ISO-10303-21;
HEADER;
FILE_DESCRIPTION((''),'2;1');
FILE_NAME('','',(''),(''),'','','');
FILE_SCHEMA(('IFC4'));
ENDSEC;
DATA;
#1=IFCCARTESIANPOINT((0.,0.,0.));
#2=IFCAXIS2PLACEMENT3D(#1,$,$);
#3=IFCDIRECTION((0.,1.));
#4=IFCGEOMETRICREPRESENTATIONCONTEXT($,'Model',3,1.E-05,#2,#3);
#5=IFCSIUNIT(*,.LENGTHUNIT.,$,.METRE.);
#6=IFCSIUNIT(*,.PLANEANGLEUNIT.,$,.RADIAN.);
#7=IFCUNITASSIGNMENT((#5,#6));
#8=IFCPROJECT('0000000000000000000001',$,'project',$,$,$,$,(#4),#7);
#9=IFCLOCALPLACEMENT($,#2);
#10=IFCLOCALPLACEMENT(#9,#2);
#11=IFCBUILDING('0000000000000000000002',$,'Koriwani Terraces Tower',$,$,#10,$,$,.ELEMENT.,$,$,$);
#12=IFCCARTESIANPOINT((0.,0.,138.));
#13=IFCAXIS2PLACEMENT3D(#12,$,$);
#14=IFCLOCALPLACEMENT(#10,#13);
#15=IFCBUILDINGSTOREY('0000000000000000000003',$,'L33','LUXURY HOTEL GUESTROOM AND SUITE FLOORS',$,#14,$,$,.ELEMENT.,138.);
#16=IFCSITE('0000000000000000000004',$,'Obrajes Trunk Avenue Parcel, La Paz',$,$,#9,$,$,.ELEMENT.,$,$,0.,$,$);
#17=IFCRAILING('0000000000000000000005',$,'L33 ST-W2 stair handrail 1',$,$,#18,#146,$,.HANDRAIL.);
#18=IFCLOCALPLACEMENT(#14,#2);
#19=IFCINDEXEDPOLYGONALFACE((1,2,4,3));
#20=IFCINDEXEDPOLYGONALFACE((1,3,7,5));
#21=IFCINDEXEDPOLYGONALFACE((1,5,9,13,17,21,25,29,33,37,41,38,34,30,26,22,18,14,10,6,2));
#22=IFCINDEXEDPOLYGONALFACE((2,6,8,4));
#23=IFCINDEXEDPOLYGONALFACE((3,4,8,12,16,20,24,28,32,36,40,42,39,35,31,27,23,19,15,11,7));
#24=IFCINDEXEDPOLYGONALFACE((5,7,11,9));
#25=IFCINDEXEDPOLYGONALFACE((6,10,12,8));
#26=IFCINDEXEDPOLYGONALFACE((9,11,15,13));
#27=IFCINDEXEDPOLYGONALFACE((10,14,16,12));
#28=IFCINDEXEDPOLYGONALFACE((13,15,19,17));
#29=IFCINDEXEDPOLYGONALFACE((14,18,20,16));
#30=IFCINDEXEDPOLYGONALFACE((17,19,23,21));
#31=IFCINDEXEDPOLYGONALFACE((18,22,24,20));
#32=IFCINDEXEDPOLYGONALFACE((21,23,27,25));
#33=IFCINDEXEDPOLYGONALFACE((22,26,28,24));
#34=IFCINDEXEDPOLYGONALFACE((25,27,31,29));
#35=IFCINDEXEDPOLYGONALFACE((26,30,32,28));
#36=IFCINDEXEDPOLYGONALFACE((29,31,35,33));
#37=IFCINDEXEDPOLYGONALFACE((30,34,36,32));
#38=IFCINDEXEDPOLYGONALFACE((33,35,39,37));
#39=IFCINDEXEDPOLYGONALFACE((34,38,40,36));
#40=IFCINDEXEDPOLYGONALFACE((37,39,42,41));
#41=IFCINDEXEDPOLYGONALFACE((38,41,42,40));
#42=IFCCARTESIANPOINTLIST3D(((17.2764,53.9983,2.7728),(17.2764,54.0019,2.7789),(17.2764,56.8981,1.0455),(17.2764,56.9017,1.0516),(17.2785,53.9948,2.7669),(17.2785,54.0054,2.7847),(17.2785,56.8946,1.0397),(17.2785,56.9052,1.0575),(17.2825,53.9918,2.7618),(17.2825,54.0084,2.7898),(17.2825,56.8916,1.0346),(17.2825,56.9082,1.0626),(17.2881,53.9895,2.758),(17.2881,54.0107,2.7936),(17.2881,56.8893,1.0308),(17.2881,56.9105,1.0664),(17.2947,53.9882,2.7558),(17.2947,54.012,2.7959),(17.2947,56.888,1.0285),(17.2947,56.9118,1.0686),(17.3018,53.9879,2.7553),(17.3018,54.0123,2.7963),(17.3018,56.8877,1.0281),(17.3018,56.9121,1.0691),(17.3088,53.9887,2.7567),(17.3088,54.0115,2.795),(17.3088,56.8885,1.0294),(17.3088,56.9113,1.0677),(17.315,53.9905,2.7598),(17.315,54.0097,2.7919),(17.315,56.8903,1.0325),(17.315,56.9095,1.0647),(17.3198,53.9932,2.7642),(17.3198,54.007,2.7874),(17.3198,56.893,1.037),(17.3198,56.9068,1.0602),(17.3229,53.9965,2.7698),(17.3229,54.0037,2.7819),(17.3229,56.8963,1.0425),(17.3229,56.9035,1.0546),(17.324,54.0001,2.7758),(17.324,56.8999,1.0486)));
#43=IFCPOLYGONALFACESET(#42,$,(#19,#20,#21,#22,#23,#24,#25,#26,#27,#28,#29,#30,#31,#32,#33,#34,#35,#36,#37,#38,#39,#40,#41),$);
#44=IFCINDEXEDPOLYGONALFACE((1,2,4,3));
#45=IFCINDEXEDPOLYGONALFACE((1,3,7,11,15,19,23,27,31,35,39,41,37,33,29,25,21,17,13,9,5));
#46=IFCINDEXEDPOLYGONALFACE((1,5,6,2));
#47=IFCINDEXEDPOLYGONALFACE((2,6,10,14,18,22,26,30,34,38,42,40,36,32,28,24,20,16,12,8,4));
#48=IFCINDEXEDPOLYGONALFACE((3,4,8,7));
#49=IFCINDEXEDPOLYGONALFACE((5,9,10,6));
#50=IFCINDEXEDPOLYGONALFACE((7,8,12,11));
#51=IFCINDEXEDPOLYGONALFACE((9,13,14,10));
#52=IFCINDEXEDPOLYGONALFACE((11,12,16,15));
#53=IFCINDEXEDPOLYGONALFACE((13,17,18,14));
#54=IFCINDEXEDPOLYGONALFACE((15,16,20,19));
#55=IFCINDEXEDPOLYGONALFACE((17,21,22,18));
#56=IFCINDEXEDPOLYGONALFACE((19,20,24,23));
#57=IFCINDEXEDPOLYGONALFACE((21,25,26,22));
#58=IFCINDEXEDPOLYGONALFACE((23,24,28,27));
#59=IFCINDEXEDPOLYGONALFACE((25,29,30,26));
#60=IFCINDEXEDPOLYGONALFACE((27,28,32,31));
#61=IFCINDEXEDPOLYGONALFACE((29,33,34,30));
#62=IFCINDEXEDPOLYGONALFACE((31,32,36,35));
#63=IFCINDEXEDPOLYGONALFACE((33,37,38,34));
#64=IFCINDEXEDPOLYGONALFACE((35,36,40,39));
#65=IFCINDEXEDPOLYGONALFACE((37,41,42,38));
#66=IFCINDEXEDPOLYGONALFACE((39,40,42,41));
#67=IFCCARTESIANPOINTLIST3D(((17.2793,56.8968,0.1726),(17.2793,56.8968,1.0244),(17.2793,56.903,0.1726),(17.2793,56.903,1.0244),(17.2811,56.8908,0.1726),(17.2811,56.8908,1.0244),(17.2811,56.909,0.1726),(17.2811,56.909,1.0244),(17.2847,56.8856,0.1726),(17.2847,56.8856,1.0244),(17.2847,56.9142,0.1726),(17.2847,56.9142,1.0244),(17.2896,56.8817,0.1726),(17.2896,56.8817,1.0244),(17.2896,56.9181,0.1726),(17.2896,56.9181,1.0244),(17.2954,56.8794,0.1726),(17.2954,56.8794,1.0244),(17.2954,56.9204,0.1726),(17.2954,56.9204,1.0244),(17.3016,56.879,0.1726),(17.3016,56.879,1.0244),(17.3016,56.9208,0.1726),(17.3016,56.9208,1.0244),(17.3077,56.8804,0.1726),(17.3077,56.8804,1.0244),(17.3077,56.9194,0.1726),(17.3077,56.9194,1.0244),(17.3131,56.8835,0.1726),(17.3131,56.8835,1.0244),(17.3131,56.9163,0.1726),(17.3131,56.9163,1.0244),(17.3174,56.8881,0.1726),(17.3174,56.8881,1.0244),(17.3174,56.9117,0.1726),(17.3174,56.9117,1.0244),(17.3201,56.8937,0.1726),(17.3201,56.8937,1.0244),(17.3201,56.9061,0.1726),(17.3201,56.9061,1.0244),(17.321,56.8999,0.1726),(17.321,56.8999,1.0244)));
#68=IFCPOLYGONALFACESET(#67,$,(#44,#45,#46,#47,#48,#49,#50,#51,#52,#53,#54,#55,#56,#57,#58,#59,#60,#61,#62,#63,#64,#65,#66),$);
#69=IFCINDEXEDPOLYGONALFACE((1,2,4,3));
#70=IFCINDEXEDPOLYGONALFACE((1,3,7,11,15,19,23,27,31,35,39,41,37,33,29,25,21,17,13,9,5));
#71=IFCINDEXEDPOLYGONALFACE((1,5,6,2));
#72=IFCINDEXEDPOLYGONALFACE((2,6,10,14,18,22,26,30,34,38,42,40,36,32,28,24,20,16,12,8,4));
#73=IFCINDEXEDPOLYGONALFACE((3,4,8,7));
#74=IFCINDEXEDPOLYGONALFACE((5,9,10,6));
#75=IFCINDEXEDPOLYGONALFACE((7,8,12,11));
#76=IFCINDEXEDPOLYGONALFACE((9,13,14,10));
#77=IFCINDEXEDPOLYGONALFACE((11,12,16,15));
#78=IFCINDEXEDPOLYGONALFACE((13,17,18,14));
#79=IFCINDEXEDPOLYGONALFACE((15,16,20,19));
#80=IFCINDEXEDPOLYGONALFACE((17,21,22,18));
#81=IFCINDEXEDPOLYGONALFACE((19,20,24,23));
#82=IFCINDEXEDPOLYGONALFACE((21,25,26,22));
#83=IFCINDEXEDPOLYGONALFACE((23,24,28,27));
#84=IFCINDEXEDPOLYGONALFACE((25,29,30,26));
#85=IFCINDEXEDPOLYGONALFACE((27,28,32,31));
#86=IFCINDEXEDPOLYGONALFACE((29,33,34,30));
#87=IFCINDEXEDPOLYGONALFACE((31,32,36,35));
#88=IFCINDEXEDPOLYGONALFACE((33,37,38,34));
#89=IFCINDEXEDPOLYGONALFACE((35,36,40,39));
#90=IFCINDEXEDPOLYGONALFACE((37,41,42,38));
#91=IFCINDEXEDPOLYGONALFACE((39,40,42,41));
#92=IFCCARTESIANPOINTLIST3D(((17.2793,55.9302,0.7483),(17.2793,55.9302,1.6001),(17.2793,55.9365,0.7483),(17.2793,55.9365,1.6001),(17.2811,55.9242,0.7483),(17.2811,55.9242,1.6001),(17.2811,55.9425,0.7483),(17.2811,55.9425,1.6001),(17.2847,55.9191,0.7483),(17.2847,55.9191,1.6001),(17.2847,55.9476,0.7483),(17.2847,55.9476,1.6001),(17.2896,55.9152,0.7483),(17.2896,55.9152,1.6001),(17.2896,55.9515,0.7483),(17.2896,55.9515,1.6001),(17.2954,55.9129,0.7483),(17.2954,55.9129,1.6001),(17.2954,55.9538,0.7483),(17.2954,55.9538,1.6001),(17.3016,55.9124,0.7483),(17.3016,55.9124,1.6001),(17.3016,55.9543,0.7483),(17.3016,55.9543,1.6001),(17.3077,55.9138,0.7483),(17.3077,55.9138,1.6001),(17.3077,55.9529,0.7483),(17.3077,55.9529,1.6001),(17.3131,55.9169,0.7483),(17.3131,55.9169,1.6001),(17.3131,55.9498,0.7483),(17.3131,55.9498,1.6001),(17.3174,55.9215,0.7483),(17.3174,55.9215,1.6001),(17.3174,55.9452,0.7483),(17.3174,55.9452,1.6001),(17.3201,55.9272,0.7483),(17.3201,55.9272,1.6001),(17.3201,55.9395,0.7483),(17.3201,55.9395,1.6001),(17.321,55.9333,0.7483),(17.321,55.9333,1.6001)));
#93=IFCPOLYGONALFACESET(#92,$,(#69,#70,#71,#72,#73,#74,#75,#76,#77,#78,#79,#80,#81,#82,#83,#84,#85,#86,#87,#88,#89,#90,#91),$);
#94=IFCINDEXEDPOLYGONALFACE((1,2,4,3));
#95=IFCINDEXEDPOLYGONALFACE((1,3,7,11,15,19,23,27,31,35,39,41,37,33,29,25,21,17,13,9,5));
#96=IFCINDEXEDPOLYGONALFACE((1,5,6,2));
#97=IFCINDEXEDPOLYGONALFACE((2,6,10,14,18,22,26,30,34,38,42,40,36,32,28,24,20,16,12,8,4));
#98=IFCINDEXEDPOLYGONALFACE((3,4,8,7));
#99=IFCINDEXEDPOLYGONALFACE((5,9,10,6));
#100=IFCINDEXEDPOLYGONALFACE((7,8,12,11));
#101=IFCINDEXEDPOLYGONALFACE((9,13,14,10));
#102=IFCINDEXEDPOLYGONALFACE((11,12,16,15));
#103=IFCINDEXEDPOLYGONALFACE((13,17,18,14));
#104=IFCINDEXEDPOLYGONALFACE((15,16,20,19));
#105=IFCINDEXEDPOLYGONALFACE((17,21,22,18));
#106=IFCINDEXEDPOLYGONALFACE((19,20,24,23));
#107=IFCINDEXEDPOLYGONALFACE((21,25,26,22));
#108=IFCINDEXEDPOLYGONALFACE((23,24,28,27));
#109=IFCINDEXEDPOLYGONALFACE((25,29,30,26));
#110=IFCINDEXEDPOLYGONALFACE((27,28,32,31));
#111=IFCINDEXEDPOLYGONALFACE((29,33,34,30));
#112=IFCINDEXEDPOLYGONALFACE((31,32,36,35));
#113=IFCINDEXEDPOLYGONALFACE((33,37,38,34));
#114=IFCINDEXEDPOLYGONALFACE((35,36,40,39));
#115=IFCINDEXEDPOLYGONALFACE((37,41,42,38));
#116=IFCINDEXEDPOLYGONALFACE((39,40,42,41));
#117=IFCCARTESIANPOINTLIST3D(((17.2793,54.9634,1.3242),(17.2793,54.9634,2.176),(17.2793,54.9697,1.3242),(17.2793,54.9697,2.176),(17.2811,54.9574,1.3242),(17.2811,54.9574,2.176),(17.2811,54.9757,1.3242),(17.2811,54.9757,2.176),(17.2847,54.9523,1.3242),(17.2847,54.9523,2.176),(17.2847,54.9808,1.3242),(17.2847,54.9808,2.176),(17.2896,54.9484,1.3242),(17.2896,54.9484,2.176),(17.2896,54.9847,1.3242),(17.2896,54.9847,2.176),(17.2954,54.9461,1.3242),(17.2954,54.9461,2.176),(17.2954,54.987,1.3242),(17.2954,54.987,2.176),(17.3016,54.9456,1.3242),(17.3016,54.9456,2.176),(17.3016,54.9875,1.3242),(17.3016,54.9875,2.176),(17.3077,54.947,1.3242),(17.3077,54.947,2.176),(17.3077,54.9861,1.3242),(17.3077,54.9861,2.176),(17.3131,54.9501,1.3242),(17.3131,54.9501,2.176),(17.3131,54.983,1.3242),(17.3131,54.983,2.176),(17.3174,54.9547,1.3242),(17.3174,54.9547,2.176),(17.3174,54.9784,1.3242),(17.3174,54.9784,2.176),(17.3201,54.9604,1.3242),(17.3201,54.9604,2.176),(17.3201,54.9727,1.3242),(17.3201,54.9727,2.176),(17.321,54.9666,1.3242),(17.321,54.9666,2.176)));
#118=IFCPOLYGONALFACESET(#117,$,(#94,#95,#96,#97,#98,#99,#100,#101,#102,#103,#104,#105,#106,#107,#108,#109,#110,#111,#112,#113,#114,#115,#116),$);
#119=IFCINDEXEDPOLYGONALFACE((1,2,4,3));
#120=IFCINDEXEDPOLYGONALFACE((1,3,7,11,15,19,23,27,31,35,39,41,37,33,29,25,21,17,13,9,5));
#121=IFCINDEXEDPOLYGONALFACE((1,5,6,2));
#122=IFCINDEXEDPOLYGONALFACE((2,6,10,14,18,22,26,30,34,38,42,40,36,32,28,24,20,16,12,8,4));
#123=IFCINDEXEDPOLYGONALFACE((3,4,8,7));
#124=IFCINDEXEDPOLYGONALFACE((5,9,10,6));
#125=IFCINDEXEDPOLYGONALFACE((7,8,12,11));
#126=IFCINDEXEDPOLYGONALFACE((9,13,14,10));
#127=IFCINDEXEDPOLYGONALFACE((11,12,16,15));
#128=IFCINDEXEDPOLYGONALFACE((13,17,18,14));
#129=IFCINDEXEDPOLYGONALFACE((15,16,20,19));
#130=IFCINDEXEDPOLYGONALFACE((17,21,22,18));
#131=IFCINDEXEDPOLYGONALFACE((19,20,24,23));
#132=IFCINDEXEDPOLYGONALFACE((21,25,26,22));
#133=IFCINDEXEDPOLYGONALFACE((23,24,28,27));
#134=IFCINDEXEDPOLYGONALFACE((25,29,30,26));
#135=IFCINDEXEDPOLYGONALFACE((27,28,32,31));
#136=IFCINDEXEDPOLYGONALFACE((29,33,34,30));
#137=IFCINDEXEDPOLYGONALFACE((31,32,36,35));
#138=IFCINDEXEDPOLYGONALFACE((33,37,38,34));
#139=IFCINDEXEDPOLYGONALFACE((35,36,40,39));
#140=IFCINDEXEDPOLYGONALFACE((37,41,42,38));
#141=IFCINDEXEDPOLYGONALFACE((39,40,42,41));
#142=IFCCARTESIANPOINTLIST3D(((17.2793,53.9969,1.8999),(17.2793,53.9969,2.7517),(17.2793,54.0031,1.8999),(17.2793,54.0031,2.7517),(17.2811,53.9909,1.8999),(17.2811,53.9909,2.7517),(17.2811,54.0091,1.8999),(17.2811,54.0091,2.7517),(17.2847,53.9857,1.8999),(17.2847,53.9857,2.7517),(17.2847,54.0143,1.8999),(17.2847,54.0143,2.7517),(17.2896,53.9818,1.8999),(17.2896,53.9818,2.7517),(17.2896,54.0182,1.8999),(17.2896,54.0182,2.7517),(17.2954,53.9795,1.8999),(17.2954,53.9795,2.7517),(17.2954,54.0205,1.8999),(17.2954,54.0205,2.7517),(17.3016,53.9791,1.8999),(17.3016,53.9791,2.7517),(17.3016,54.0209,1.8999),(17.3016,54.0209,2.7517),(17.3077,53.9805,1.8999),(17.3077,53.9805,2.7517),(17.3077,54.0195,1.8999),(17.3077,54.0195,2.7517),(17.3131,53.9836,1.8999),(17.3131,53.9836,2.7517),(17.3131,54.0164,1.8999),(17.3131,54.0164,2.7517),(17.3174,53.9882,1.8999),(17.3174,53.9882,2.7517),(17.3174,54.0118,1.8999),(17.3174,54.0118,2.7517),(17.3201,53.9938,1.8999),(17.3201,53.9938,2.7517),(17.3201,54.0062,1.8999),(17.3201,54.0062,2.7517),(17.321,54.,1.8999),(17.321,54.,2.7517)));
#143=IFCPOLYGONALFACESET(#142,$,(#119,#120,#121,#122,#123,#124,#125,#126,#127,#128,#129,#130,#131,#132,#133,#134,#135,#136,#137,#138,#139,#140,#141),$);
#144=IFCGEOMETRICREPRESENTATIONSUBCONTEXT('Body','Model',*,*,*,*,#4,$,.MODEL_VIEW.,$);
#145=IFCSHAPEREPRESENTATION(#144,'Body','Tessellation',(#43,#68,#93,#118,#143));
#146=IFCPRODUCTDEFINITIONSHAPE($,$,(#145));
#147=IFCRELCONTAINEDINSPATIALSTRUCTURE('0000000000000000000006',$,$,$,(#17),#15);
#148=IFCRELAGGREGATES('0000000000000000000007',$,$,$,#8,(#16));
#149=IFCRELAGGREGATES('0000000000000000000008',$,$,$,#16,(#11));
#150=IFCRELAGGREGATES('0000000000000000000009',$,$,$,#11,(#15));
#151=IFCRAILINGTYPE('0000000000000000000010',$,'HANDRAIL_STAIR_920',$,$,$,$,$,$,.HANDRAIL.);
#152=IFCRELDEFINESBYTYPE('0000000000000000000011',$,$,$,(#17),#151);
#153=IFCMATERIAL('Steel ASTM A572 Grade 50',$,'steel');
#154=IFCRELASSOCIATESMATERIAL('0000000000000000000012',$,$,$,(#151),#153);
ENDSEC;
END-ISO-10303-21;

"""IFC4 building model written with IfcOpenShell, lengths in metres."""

from ifc_helpers import new_model, si_unit, direction, frame, origin, origin_2d, place, context, subcontext, project, spatial, circle, extrude, material, type_object, element, save


model = new_model("IFC4")

# Units and contexts
model_context = context("Model", 3, precision=1e-05, world=origin(), true_north=direction((0.0, 1.0)))
body_context = subcontext(model_context, "Body", "Model", "MODEL_VIEW")
ifc_project = project(units=[si_unit("LENGTHUNIT", "METRE"), si_unit("PLANEANGLEUNIT", "RADIAN")], contexts=[model_context])

# Site, building, storey
site_placement = place(None, origin())
site = spatial("IfcSite", under=ifc_project, at=site_placement, Name="Obrajes Trunk Avenue Parcel, La Paz", CompositionType="ELEMENT", RefElevation=0.0)
building_placement = place(site_placement, origin())
building = spatial("IfcBuilding", under=site, at=building_placement, Name="Koriwani Terraces Tower", CompositionType="ELEMENT")
storey_placement = place(building_placement, frame((0.0, 0.0, 138.0)))
storey = spatial("IfcBuildingStorey", under=building, at=storey_placement, Name="L33", Description="LUXURY HOTEL GUESTROOM AND SUITE FLOORS", CompositionType="ELEMENT", Elevation=138.0)

# Shared definitions
ifc_material_1 = material(Name="Steel ASTM A572 Grade 50", Category="steel")

# Railing
railing_type = type_object("IfcRailingType", Name="HANDRAIL_STAIR_920", PredefinedType="HANDRAIL", material=ifc_material_1)
for number, where, name in (
    (1, (17.3, 56.8999, 0.1726), "L33 ST-W2 stair handrail 1"),
):
    element("IfcRailing", number, at=place(storey_placement, frame(where)), inside=storey, type_object=railing_type, Name=name, PredefinedType="HANDRAIL", context=body_context, shape_type="SweptSolid", body=[
        extrude(circle(Radius=0.0239, at=origin_2d()), frame((0.0, 0.0, 0.876), z_axis=(0.0, -0.859141, 0.511738), x_axis=(1.0, 0.0, 0.0)), (0.0, 0.0, 1.0), 3.3752),
        extrude(circle(Radius=0.021, at=origin_2d()), origin(), (0.0, 0.0, 1.0), 0.8518),
        extrude(circle(Radius=0.021, at=origin_2d()), frame((0.0, -0.9666, 0.5757)), (0.0, 0.0, 1.0), 0.8518),
        extrude(circle(Radius=0.021, at=origin_2d()), frame((0.0, -1.9333, 1.1516)), (0.0, 0.0, 1.0), 0.8518),
        extrude(circle(Radius=0.021, at=origin_2d()), frame((0.0, -2.8999, 1.7273)), (0.0, 0.0, 1.0), 0.8518),
    ])

save(model, "model.ifc")
